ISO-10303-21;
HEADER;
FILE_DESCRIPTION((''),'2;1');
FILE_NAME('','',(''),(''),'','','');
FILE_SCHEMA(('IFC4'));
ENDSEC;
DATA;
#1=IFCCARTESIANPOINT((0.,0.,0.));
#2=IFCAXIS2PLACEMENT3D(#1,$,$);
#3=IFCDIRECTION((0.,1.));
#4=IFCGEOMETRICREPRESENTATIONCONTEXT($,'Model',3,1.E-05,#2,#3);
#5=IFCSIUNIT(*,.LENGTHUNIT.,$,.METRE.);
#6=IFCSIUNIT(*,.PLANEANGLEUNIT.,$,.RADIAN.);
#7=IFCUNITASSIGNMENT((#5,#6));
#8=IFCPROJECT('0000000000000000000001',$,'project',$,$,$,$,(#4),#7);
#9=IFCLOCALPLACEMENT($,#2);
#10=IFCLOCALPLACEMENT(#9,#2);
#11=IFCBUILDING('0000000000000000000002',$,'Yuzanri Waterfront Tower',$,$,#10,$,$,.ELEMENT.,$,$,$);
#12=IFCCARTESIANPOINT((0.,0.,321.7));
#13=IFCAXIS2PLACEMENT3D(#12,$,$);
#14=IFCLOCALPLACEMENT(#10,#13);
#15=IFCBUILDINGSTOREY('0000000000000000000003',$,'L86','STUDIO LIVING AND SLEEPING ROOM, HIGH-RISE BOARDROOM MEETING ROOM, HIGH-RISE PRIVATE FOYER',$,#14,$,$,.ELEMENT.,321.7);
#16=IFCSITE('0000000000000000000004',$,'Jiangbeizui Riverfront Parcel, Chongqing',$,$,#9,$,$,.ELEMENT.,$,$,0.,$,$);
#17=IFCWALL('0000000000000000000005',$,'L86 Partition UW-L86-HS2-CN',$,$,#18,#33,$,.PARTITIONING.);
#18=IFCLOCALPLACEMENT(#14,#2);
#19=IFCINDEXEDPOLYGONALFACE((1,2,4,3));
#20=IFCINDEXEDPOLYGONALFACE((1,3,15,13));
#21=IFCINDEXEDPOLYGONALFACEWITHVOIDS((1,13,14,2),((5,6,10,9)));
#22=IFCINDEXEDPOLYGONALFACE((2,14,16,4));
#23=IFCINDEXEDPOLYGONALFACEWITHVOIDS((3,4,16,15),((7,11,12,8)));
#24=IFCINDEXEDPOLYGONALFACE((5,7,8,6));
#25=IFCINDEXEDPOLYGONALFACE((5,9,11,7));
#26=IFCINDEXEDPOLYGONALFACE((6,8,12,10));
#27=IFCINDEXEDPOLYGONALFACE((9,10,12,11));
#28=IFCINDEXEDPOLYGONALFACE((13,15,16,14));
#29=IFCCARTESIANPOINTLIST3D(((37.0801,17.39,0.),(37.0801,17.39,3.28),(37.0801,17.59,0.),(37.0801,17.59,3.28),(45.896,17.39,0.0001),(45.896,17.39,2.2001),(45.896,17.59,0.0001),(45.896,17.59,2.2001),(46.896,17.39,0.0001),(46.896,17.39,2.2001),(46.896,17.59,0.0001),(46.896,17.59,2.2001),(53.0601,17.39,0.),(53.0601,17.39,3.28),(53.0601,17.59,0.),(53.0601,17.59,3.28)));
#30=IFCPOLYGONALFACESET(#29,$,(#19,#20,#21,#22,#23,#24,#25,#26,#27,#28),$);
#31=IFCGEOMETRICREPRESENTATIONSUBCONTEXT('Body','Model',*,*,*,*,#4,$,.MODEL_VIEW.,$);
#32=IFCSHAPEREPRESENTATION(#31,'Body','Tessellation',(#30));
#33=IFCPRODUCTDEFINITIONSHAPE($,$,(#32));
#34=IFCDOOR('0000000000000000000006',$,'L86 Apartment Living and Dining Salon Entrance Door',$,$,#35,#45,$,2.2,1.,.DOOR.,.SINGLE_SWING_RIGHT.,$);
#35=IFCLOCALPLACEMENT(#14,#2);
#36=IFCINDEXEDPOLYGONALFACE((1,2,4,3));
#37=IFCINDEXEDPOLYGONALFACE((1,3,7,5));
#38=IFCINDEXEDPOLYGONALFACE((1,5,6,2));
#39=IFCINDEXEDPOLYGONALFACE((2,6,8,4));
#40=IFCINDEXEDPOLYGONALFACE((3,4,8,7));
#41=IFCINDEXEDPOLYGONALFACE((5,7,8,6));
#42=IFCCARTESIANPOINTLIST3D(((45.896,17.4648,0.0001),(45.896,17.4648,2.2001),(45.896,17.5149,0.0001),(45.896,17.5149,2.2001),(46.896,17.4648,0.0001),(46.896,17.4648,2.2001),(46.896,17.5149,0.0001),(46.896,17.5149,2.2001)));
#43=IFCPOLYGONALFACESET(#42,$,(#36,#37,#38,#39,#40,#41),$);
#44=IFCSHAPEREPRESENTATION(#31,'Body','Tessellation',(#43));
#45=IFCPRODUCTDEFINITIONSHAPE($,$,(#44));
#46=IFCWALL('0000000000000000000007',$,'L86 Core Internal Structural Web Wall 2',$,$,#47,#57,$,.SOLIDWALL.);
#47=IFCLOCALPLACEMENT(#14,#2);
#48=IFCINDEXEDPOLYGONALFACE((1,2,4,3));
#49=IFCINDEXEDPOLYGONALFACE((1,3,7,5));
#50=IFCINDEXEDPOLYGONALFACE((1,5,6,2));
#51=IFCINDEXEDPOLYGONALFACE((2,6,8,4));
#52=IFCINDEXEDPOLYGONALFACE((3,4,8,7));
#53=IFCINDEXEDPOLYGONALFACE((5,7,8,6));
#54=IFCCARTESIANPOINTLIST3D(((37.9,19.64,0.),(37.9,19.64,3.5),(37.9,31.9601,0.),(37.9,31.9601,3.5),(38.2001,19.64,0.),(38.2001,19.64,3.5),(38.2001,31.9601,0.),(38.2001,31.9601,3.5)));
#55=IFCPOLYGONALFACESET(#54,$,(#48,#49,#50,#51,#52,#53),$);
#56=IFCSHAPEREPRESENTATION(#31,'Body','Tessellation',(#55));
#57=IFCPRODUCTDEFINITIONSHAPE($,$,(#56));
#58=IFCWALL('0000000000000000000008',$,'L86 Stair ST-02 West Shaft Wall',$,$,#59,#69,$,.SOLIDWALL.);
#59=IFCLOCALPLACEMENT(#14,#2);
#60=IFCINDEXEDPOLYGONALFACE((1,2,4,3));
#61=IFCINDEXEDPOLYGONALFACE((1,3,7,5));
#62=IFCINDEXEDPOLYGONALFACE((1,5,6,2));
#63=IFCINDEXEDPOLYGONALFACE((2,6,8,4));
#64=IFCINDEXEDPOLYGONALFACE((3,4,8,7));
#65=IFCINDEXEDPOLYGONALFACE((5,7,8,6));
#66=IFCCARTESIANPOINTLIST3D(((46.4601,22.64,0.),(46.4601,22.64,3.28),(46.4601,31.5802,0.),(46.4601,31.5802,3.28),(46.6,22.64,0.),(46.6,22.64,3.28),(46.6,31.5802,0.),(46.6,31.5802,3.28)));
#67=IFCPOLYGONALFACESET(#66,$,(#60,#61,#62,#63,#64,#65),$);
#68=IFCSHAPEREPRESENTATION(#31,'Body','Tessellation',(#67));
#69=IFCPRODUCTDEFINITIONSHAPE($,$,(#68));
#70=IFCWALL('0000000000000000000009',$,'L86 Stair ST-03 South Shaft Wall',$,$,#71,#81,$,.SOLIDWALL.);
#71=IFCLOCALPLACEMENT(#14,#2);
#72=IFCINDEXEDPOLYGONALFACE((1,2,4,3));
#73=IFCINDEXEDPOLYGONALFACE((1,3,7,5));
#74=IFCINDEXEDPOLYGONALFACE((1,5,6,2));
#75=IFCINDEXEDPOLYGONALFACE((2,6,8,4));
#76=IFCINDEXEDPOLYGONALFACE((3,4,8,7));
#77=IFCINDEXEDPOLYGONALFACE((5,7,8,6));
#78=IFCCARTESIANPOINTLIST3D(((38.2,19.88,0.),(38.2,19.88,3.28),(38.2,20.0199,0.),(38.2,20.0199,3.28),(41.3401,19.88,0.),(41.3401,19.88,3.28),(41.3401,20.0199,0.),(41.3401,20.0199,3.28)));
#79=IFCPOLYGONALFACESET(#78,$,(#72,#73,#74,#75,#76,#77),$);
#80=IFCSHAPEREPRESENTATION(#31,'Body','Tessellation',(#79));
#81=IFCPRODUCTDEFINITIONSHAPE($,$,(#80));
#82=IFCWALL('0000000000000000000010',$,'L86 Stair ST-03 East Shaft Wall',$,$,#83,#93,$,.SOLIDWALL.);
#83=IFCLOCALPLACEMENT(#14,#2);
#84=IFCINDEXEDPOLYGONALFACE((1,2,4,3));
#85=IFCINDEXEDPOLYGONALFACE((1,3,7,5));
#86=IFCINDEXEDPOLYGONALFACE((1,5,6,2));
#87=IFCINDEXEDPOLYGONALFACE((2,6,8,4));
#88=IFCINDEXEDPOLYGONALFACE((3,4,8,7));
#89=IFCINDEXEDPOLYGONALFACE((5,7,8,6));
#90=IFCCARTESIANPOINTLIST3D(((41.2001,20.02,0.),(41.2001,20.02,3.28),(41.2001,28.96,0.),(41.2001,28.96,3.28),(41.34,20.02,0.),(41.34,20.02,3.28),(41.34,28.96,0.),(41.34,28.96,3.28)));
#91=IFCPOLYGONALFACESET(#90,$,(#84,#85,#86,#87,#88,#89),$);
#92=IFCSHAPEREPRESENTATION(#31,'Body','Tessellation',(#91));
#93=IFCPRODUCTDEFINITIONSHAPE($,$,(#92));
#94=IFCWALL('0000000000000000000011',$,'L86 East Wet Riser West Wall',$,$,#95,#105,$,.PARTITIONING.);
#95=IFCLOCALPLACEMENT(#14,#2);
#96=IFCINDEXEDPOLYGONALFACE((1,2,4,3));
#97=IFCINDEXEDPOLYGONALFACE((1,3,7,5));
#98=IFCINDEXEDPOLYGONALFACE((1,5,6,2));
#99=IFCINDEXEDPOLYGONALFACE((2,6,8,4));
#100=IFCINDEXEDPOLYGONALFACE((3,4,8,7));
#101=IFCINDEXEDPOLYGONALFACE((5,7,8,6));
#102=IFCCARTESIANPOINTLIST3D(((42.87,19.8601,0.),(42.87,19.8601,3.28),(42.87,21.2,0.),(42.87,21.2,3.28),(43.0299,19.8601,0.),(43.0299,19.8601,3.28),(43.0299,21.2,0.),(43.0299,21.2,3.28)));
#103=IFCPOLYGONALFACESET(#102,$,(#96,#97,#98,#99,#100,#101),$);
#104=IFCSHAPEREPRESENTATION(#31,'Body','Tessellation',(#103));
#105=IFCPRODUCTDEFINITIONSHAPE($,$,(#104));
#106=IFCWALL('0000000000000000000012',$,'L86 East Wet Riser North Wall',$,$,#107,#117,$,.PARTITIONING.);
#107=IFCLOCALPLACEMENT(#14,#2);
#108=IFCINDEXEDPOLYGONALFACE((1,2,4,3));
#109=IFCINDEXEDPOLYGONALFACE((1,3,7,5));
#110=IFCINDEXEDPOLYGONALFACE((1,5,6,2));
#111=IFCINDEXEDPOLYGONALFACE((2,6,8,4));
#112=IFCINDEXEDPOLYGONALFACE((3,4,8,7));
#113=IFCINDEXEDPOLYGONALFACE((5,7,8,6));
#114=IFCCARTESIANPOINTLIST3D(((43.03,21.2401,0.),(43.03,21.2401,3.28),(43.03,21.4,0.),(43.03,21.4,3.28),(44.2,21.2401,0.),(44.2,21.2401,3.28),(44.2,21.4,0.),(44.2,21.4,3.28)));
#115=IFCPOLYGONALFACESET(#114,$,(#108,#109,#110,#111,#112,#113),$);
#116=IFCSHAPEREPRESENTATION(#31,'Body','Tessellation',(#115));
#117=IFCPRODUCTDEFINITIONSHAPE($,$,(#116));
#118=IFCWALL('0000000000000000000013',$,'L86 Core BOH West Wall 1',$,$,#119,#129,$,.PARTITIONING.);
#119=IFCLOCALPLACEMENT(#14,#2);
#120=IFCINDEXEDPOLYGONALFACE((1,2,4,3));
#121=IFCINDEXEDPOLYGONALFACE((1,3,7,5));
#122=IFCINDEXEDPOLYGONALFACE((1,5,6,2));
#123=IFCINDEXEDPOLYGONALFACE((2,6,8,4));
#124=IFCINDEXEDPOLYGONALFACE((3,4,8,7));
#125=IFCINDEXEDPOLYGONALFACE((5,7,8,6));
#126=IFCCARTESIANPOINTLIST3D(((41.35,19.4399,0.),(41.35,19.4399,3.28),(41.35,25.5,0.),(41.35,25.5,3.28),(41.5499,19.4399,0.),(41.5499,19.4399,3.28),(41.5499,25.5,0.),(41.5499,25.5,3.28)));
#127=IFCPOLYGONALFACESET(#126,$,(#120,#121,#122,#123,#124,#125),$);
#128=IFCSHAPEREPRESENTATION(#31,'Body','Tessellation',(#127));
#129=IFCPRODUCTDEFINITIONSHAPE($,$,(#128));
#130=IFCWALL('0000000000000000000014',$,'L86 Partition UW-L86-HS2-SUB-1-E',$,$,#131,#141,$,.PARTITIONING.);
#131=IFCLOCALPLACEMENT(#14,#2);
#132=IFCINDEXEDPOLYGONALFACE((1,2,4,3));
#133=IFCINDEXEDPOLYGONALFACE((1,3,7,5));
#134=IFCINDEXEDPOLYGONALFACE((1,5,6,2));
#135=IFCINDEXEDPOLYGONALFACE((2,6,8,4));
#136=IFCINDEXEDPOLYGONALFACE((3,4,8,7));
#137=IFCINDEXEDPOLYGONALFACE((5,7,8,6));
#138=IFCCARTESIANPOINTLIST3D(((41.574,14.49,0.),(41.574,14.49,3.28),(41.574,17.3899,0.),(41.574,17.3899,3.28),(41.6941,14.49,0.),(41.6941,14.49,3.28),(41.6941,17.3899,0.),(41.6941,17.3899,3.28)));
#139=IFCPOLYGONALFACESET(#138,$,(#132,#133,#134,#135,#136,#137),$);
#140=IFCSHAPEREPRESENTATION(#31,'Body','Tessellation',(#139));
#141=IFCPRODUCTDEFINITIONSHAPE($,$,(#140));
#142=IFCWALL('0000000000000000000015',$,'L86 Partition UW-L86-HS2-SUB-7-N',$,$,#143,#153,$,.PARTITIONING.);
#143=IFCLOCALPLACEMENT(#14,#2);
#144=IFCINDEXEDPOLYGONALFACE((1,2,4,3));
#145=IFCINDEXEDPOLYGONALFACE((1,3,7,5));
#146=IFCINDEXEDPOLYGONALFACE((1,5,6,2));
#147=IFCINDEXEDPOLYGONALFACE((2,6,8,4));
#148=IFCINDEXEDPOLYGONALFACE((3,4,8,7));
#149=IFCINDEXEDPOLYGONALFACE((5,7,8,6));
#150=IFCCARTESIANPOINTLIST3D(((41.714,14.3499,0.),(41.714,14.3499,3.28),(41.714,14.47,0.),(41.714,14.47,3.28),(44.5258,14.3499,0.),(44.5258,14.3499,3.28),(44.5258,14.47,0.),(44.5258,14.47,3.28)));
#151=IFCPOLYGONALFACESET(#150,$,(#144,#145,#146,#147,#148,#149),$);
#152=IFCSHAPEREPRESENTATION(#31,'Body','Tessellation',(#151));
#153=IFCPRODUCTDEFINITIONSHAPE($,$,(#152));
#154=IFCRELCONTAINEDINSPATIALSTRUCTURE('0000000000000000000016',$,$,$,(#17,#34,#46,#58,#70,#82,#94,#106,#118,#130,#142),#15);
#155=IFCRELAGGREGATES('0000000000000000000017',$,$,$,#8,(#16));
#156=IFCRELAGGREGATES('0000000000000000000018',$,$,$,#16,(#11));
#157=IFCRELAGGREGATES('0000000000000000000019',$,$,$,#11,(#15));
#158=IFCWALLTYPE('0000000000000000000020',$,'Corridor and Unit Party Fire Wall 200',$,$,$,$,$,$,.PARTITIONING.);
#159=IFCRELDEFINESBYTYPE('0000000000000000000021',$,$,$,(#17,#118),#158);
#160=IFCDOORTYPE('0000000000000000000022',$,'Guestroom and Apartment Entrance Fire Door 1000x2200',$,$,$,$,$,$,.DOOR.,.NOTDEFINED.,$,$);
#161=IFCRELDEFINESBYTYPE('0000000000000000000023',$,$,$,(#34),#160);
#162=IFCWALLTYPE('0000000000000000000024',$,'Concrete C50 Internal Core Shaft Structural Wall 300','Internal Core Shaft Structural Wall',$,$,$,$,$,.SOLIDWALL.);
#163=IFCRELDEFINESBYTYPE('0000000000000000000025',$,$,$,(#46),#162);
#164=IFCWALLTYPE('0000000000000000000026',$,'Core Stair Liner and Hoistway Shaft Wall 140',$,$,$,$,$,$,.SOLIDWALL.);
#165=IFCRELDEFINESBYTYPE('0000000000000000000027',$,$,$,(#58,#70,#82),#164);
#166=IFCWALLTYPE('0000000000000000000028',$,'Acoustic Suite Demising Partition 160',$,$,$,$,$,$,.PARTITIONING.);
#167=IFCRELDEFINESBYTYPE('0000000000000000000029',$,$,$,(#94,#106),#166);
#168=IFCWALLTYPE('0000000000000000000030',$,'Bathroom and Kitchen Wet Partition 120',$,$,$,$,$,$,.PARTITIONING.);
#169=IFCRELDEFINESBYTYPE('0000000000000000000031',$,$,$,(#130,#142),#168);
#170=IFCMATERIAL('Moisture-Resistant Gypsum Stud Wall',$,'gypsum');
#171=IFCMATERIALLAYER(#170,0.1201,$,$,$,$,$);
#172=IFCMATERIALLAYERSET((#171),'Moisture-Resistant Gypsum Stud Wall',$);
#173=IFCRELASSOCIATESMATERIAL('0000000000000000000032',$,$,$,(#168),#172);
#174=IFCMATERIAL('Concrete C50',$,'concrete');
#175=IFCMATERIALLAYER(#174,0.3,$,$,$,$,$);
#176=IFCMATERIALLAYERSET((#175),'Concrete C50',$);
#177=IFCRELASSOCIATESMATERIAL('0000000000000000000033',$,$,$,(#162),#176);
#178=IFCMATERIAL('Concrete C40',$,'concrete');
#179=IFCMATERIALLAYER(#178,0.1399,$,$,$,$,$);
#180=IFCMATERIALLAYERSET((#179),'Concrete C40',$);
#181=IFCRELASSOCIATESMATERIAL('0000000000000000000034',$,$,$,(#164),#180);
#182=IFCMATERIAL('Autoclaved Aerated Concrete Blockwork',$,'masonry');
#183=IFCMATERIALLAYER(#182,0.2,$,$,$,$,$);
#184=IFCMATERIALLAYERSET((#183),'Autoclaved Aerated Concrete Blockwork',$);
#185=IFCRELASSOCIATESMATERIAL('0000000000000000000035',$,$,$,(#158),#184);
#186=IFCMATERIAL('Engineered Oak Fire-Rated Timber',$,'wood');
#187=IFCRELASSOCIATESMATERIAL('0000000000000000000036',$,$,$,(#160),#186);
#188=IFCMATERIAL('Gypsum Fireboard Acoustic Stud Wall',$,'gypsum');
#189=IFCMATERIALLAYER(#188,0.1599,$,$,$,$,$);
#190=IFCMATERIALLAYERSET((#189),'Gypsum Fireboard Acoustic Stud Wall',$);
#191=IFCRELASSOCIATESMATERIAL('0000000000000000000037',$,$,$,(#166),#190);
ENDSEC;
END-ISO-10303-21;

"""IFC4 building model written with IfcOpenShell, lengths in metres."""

from ifc_helpers import new_model, si_unit, direction, frame, frame_2d, origin, place, context, subcontext, project, spatial, rectangle, extrude, source, transform, mapped, material, layer, layer_set, type_object, element, fill, save


model = new_model("IFC4")

# Units and contexts
model_context = context("Model", 3, precision=1e-05, world=origin(), true_north=direction((0.0, 1.0)))
body_context = subcontext(model_context, "Body", "Model", "MODEL_VIEW")
ifc_project = project(units=[si_unit("LENGTHUNIT", "METRE"), si_unit("PLANEANGLEUNIT", "RADIAN")], contexts=[model_context])

# Site, building, storey
site_placement = place(None, origin())
site = spatial("IfcSite", under=ifc_project, at=site_placement, Name="Jiangbeizui Riverfront Parcel, Chongqing", CompositionType="ELEMENT", RefElevation=0.0)
building_placement = place(site_placement, origin())
building = spatial("IfcBuilding", under=site, at=building_placement, Name="Yuzanri Waterfront Tower", CompositionType="ELEMENT")
storey_placement = place(building_placement, frame((0.0, 0.0, 321.7)))
storey = spatial("IfcBuildingStorey", under=building, at=storey_placement, Name="L86", Description="STUDIO LIVING AND SLEEPING ROOM, HIGH-RISE BOARDROOM MEETING ROOM, HIGH-RISE PRIVATE FOYER", CompositionType="ELEMENT", Elevation=321.7)

# Shared definitions
ifc_material_1 = material(Name="Moisture-Resistant Gypsum Stud Wall", Category="gypsum")
ifc_layer_1 = layer(ifc_material_1, 0.1201)
ifc_layer_set_1 = layer_set([ifc_layer_1], Name="Moisture-Resistant Gypsum Stud Wall")
wall_type_1 = type_object("IfcWallType", Name="Bathroom and Kitchen Wet Partition 120", PredefinedType="PARTITIONING", material=ifc_layer_set_1)

# Shared definitions
ifc_material_2 = material(Name="Concrete C50", Category="concrete")
ifc_layer_2 = layer(ifc_material_2, 0.3)
ifc_layer_set_2 = layer_set([ifc_layer_2], Name="Concrete C50")
wall_type_2 = type_object("IfcWallType", Name="Concrete C50 Internal Core Shaft Structural Wall 300", Description="Internal Core Shaft Structural Wall", PredefinedType="SOLIDWALL", material=ifc_layer_set_2)

# Wall, opening, door
ifc_material_3 = material(Name="Concrete C40", Category="concrete")
ifc_layer_3 = layer(ifc_material_3, 0.1399)
ifc_layer_set_3 = layer_set([ifc_layer_3], Name="Concrete C40")
wall_type_3 = type_object("IfcWallType", Name="Core Stair Liner and Hoistway Shaft Wall 140", PredefinedType="SOLIDWALL", material=ifc_layer_set_3)
ifc_material_4 = material(Name="Autoclaved Aerated Concrete Blockwork", Category="masonry")
ifc_layer_4 = layer(ifc_material_4, 0.2)
ifc_layer_set_4 = layer_set([ifc_layer_4], Name="Autoclaved Aerated Concrete Blockwork")
wall_type_4 = type_object("IfcWallType", Name="Corridor and Unit Party Fire Wall 200", PredefinedType="PARTITIONING", material=ifc_layer_set_4)
wall_1_placement = place(storey_placement, frame((37.0801, 17.49, 0.0), z_axis=(0.0, 0.0, 1.0), x_axis=(1.0, 0.0, 0.0)))
wall_1 = element("IfcWall", 1, at=wall_1_placement, inside=storey, type_object=wall_type_4, Name="L86 Partition UW-L86-HS2-CN", PredefinedType="PARTITIONING", context=body_context, shape_type="SweptSolid", body=[
    extrude(rectangle(XDim=15.98, YDim=0.2, at=frame_2d((7.99, 0.0))), origin(), (0.0, 0.0, 1.0), 3.28),
])
opening_1_placement = place(wall_1_placement, frame((8.8159, 0.0, 0.0)))
opening_1 = element("IfcOpeningElement", 2, at=opening_1_placement, cuts=wall_1, PredefinedType="OPENING", context=body_context, shape_type="SweptSolid", body=[
    extrude(rectangle(XDim=1.0, YDim=2.2, at=frame_2d((0.5, 1.1001))), frame((0.0, 0.1147, 0.0), z_axis=(0.0, -1.0, 0.0), x_axis=(1.0, 0.0, 0.0)), (0.0, 0.0, 1.0), 0.2297),
])
ifc_material_5 = material(Name="Engineered Oak Fire-Rated Timber", Category="wood")
door_type_1 = type_object("IfcDoorType", Name="Guestroom and Apartment Entrance Fire Door 1000x2200", OperationType="NOTDEFINED", PredefinedType="DOOR", material=ifc_material_5)
shared_shape_1 = source(origin(), body_context, "Body", "SweptSolid", [
    extrude(rectangle(XDim=1.0, YDim=2.2, at=frame_2d((0.5, 1.1001))), frame((0.0, 0.0249, 0.0), z_axis=(0.0, -1.0, 0.0), x_axis=(1.0, 0.0, 0.0)), (0.0, 0.0, 1.0), 0.05),
])
door_1_placement = place(opening_1_placement, origin())
door_1 = element("IfcDoor", 3, at=door_1_placement, inside=storey, type_object=door_type_1, Name="L86 Apartment Living and Dining Salon Entrance Door", OperationType="SINGLE_SWING_RIGHT", OverallHeight=2.2, OverallWidth=1.0, PredefinedType="DOOR", context=body_context, shape_type="MappedRepresentation", body=[
    mapped(shared_shape_1, transform((0.0, 0.0, 0.0), scale=1.0)),
])
fill(opening_1, door_1)

# Walls
shared_shape_2 = source(origin(), body_context, "Body", "SweptSolid", [
    extrude(rectangle(XDim=12.3201, YDim=0.3, at=frame_2d((6.1602, 0.0))), origin(), (0.0, 0.0, 1.0), 3.5),
])
wall_2_placement = place(storey_placement, frame((38.05, 19.6399, 0.0), z_axis=(0.0, 0.0, 1.0), x_axis=(0.0, 1.0, 0.0)))
element("IfcWall", 4, at=wall_2_placement, inside=storey, type_object=wall_type_2, Name="L86 Core Internal Structural Web Wall 2", PredefinedType="SOLIDWALL", context=body_context, shape_type="MappedRepresentation", body=[
    mapped(shared_shape_2, transform((0.0, 0.0, 0.0), scale=1.0)),
])
shared_shape_3 = source(origin(), body_context, "Body", "SweptSolid", [
    extrude(rectangle(XDim=8.9402, YDim=0.1399, at=frame_2d((4.4702, 0.0))), origin(), (0.0, 0.0, 1.0), 3.28),
])
wall_3_placement = place(storey_placement, frame((46.53, 22.6399, 0.0), z_axis=(0.0, 0.0, 1.0), x_axis=(0.0, 1.0, 0.0)))
element("IfcWall", 5, at=wall_3_placement, inside=storey, type_object=wall_type_3, Name="L86 Stair ST-02 West Shaft Wall", PredefinedType="SOLIDWALL", context=body_context, shape_type="MappedRepresentation", body=[
    mapped(shared_shape_3, transform((0.0, 0.0, 0.0), scale=1.0)),
])
shared_shape_4 = source(origin(), body_context, "Body", "SweptSolid", [
    extrude(rectangle(XDim=3.1401, YDim=0.1399, at=frame_2d((1.5701, 0.0))), origin(), (0.0, 0.0, 1.0), 3.28),
])
wall_4_placement = place(storey_placement, frame((38.2, 19.95, 0.0), z_axis=(0.0, 0.0, 1.0), x_axis=(1.0, 0.0, 0.0)))
element("IfcWall", 6, at=wall_4_placement, inside=storey, type_object=wall_type_3, Name="L86 Stair ST-03 South Shaft Wall", PredefinedType="SOLIDWALL", context=body_context, shape_type="MappedRepresentation", body=[
    mapped(shared_shape_4, transform((0.0, 0.0, 0.0), scale=1.0)),
])
shared_shape_5 = source(origin(), body_context, "Body", "SweptSolid", [
    extrude(rectangle(XDim=8.9399, YDim=0.1399, at=frame_2d((4.47, 0.0))), origin(), (0.0, 0.0, 1.0), 3.28),
])
wall_5_placement = place(storey_placement, frame((41.27, 20.02, 0.0), z_axis=(0.0, 0.0, 1.0), x_axis=(0.0, 1.0, 0.0)))
element("IfcWall", 7, at=wall_5_placement, inside=storey, type_object=wall_type_3, Name="L86 Stair ST-03 East Shaft Wall", PredefinedType="SOLIDWALL", context=body_context, shape_type="MappedRepresentation", body=[
    mapped(shared_shape_5, transform((0.0, 0.0, 0.0), scale=1.0)),
])
ifc_material_6 = material(Name="Gypsum Fireboard Acoustic Stud Wall", Category="gypsum")
ifc_layer_5 = layer(ifc_material_6, 0.1599)
ifc_layer_set_5 = layer_set([ifc_layer_5], Name="Gypsum Fireboard Acoustic Stud Wall")
wall_type_5 = type_object("IfcWallType", Name="Acoustic Suite Demising Partition 160", PredefinedType="PARTITIONING", material=ifc_layer_set_5)
shared_shape_6 = source(origin(), body_context, "Body", "SweptSolid", [
    extrude(rectangle(XDim=1.3398, YDim=0.1599, at=frame_2d((0.6699, 0.0))), origin(), (0.0, 0.0, 1.0), 3.28),
])
wall_6_placement = place(storey_placement, frame((42.95, 19.8601, 0.0), z_axis=(0.0, 0.0, 1.0), x_axis=(0.0, 1.0, 0.0)))
element("IfcWall", 8, at=wall_6_placement, inside=storey, type_object=wall_type_5, Name="L86 East Wet Riser West Wall", PredefinedType="PARTITIONING", context=body_context, shape_type="MappedRepresentation", body=[
    mapped(shared_shape_6, transform((0.0, 0.0, 0.0), scale=1.0)),
])
shared_shape_7 = source(origin(), body_context, "Body", "SweptSolid", [
    extrude(rectangle(XDim=1.1699, YDim=0.1599, at=frame_2d((0.585, 0.0))), origin(), (0.0, 0.0, 1.0), 3.28),
])
wall_7_placement = place(storey_placement, frame((43.03, 21.3201, 0.0), z_axis=(0.0, 0.0, 1.0), x_axis=(1.0, 0.0, 0.0)))
element("IfcWall", 9, at=wall_7_placement, inside=storey, type_object=wall_type_5, Name="L86 East Wet Riser North Wall", PredefinedType="PARTITIONING", context=body_context, shape_type="MappedRepresentation", body=[
    mapped(shared_shape_7, transform((0.0, 0.0, 0.0), scale=1.0)),
])
shared_shape_8 = source(origin(), body_context, "Body", "SweptSolid", [
    extrude(rectangle(XDim=6.0601, YDim=0.2, at=frame_2d((3.03, 0.0))), origin(), (0.0, 0.0, 1.0), 3.28),
])
wall_8_placement = place(storey_placement, frame((41.45, 19.4399, 0.0), z_axis=(0.0, 0.0, 1.0), x_axis=(0.0, 1.0, 0.0)))
element("IfcWall", 10, at=wall_8_placement, inside=storey, type_object=wall_type_4, Name="L86 Core BOH West Wall 1", PredefinedType="PARTITIONING", context=body_context, shape_type="MappedRepresentation", body=[
    mapped(shared_shape_8, transform((0.0, 0.0, 0.0), scale=1.0)),
])
shared_shape_9 = source(origin(), body_context, "Body", "SweptSolid", [
    extrude(rectangle(XDim=2.8999, YDim=0.1201, at=frame_2d((1.45, 0.0))), origin(), (0.0, 0.0, 1.0), 3.28),
])
wall_9_placement = place(storey_placement, frame((41.634, 14.49, 0.0), z_axis=(0.0, 0.0, 1.0), x_axis=(0.0, 1.0, 0.0)))
element("IfcWall", 11, at=wall_9_placement, inside=storey, type_object=wall_type_1, Name="L86 Partition UW-L86-HS2-SUB-1-E", PredefinedType="PARTITIONING", context=body_context, shape_type="MappedRepresentation", body=[
    mapped(shared_shape_9, transform((0.0, 0.0, 0.0), scale=1.0)),
])
shared_shape_10 = source(origin(), body_context, "Body", "SweptSolid", [
    extrude(rectangle(XDim=2.8118, YDim=0.1201, at=frame_2d((1.4058, 0.0))), origin(), (0.0, 0.0, 1.0), 3.28),
])
wall_10_placement = place(storey_placement, frame((41.7141, 14.4099, 0.0), z_axis=(0.0, 0.0, 1.0), x_axis=(1.0, 0.0, 0.0)))
element("IfcWall", 12, at=wall_10_placement, inside=storey, type_object=wall_type_1, Name="L86 Partition UW-L86-HS2-SUB-7-N", PredefinedType="PARTITIONING", context=body_context, shape_type="MappedRepresentation", body=[
    mapped(shared_shape_10, transform((0.0, 0.0, 0.0), scale=1.0)),
])

save(model, "model.ifc")
